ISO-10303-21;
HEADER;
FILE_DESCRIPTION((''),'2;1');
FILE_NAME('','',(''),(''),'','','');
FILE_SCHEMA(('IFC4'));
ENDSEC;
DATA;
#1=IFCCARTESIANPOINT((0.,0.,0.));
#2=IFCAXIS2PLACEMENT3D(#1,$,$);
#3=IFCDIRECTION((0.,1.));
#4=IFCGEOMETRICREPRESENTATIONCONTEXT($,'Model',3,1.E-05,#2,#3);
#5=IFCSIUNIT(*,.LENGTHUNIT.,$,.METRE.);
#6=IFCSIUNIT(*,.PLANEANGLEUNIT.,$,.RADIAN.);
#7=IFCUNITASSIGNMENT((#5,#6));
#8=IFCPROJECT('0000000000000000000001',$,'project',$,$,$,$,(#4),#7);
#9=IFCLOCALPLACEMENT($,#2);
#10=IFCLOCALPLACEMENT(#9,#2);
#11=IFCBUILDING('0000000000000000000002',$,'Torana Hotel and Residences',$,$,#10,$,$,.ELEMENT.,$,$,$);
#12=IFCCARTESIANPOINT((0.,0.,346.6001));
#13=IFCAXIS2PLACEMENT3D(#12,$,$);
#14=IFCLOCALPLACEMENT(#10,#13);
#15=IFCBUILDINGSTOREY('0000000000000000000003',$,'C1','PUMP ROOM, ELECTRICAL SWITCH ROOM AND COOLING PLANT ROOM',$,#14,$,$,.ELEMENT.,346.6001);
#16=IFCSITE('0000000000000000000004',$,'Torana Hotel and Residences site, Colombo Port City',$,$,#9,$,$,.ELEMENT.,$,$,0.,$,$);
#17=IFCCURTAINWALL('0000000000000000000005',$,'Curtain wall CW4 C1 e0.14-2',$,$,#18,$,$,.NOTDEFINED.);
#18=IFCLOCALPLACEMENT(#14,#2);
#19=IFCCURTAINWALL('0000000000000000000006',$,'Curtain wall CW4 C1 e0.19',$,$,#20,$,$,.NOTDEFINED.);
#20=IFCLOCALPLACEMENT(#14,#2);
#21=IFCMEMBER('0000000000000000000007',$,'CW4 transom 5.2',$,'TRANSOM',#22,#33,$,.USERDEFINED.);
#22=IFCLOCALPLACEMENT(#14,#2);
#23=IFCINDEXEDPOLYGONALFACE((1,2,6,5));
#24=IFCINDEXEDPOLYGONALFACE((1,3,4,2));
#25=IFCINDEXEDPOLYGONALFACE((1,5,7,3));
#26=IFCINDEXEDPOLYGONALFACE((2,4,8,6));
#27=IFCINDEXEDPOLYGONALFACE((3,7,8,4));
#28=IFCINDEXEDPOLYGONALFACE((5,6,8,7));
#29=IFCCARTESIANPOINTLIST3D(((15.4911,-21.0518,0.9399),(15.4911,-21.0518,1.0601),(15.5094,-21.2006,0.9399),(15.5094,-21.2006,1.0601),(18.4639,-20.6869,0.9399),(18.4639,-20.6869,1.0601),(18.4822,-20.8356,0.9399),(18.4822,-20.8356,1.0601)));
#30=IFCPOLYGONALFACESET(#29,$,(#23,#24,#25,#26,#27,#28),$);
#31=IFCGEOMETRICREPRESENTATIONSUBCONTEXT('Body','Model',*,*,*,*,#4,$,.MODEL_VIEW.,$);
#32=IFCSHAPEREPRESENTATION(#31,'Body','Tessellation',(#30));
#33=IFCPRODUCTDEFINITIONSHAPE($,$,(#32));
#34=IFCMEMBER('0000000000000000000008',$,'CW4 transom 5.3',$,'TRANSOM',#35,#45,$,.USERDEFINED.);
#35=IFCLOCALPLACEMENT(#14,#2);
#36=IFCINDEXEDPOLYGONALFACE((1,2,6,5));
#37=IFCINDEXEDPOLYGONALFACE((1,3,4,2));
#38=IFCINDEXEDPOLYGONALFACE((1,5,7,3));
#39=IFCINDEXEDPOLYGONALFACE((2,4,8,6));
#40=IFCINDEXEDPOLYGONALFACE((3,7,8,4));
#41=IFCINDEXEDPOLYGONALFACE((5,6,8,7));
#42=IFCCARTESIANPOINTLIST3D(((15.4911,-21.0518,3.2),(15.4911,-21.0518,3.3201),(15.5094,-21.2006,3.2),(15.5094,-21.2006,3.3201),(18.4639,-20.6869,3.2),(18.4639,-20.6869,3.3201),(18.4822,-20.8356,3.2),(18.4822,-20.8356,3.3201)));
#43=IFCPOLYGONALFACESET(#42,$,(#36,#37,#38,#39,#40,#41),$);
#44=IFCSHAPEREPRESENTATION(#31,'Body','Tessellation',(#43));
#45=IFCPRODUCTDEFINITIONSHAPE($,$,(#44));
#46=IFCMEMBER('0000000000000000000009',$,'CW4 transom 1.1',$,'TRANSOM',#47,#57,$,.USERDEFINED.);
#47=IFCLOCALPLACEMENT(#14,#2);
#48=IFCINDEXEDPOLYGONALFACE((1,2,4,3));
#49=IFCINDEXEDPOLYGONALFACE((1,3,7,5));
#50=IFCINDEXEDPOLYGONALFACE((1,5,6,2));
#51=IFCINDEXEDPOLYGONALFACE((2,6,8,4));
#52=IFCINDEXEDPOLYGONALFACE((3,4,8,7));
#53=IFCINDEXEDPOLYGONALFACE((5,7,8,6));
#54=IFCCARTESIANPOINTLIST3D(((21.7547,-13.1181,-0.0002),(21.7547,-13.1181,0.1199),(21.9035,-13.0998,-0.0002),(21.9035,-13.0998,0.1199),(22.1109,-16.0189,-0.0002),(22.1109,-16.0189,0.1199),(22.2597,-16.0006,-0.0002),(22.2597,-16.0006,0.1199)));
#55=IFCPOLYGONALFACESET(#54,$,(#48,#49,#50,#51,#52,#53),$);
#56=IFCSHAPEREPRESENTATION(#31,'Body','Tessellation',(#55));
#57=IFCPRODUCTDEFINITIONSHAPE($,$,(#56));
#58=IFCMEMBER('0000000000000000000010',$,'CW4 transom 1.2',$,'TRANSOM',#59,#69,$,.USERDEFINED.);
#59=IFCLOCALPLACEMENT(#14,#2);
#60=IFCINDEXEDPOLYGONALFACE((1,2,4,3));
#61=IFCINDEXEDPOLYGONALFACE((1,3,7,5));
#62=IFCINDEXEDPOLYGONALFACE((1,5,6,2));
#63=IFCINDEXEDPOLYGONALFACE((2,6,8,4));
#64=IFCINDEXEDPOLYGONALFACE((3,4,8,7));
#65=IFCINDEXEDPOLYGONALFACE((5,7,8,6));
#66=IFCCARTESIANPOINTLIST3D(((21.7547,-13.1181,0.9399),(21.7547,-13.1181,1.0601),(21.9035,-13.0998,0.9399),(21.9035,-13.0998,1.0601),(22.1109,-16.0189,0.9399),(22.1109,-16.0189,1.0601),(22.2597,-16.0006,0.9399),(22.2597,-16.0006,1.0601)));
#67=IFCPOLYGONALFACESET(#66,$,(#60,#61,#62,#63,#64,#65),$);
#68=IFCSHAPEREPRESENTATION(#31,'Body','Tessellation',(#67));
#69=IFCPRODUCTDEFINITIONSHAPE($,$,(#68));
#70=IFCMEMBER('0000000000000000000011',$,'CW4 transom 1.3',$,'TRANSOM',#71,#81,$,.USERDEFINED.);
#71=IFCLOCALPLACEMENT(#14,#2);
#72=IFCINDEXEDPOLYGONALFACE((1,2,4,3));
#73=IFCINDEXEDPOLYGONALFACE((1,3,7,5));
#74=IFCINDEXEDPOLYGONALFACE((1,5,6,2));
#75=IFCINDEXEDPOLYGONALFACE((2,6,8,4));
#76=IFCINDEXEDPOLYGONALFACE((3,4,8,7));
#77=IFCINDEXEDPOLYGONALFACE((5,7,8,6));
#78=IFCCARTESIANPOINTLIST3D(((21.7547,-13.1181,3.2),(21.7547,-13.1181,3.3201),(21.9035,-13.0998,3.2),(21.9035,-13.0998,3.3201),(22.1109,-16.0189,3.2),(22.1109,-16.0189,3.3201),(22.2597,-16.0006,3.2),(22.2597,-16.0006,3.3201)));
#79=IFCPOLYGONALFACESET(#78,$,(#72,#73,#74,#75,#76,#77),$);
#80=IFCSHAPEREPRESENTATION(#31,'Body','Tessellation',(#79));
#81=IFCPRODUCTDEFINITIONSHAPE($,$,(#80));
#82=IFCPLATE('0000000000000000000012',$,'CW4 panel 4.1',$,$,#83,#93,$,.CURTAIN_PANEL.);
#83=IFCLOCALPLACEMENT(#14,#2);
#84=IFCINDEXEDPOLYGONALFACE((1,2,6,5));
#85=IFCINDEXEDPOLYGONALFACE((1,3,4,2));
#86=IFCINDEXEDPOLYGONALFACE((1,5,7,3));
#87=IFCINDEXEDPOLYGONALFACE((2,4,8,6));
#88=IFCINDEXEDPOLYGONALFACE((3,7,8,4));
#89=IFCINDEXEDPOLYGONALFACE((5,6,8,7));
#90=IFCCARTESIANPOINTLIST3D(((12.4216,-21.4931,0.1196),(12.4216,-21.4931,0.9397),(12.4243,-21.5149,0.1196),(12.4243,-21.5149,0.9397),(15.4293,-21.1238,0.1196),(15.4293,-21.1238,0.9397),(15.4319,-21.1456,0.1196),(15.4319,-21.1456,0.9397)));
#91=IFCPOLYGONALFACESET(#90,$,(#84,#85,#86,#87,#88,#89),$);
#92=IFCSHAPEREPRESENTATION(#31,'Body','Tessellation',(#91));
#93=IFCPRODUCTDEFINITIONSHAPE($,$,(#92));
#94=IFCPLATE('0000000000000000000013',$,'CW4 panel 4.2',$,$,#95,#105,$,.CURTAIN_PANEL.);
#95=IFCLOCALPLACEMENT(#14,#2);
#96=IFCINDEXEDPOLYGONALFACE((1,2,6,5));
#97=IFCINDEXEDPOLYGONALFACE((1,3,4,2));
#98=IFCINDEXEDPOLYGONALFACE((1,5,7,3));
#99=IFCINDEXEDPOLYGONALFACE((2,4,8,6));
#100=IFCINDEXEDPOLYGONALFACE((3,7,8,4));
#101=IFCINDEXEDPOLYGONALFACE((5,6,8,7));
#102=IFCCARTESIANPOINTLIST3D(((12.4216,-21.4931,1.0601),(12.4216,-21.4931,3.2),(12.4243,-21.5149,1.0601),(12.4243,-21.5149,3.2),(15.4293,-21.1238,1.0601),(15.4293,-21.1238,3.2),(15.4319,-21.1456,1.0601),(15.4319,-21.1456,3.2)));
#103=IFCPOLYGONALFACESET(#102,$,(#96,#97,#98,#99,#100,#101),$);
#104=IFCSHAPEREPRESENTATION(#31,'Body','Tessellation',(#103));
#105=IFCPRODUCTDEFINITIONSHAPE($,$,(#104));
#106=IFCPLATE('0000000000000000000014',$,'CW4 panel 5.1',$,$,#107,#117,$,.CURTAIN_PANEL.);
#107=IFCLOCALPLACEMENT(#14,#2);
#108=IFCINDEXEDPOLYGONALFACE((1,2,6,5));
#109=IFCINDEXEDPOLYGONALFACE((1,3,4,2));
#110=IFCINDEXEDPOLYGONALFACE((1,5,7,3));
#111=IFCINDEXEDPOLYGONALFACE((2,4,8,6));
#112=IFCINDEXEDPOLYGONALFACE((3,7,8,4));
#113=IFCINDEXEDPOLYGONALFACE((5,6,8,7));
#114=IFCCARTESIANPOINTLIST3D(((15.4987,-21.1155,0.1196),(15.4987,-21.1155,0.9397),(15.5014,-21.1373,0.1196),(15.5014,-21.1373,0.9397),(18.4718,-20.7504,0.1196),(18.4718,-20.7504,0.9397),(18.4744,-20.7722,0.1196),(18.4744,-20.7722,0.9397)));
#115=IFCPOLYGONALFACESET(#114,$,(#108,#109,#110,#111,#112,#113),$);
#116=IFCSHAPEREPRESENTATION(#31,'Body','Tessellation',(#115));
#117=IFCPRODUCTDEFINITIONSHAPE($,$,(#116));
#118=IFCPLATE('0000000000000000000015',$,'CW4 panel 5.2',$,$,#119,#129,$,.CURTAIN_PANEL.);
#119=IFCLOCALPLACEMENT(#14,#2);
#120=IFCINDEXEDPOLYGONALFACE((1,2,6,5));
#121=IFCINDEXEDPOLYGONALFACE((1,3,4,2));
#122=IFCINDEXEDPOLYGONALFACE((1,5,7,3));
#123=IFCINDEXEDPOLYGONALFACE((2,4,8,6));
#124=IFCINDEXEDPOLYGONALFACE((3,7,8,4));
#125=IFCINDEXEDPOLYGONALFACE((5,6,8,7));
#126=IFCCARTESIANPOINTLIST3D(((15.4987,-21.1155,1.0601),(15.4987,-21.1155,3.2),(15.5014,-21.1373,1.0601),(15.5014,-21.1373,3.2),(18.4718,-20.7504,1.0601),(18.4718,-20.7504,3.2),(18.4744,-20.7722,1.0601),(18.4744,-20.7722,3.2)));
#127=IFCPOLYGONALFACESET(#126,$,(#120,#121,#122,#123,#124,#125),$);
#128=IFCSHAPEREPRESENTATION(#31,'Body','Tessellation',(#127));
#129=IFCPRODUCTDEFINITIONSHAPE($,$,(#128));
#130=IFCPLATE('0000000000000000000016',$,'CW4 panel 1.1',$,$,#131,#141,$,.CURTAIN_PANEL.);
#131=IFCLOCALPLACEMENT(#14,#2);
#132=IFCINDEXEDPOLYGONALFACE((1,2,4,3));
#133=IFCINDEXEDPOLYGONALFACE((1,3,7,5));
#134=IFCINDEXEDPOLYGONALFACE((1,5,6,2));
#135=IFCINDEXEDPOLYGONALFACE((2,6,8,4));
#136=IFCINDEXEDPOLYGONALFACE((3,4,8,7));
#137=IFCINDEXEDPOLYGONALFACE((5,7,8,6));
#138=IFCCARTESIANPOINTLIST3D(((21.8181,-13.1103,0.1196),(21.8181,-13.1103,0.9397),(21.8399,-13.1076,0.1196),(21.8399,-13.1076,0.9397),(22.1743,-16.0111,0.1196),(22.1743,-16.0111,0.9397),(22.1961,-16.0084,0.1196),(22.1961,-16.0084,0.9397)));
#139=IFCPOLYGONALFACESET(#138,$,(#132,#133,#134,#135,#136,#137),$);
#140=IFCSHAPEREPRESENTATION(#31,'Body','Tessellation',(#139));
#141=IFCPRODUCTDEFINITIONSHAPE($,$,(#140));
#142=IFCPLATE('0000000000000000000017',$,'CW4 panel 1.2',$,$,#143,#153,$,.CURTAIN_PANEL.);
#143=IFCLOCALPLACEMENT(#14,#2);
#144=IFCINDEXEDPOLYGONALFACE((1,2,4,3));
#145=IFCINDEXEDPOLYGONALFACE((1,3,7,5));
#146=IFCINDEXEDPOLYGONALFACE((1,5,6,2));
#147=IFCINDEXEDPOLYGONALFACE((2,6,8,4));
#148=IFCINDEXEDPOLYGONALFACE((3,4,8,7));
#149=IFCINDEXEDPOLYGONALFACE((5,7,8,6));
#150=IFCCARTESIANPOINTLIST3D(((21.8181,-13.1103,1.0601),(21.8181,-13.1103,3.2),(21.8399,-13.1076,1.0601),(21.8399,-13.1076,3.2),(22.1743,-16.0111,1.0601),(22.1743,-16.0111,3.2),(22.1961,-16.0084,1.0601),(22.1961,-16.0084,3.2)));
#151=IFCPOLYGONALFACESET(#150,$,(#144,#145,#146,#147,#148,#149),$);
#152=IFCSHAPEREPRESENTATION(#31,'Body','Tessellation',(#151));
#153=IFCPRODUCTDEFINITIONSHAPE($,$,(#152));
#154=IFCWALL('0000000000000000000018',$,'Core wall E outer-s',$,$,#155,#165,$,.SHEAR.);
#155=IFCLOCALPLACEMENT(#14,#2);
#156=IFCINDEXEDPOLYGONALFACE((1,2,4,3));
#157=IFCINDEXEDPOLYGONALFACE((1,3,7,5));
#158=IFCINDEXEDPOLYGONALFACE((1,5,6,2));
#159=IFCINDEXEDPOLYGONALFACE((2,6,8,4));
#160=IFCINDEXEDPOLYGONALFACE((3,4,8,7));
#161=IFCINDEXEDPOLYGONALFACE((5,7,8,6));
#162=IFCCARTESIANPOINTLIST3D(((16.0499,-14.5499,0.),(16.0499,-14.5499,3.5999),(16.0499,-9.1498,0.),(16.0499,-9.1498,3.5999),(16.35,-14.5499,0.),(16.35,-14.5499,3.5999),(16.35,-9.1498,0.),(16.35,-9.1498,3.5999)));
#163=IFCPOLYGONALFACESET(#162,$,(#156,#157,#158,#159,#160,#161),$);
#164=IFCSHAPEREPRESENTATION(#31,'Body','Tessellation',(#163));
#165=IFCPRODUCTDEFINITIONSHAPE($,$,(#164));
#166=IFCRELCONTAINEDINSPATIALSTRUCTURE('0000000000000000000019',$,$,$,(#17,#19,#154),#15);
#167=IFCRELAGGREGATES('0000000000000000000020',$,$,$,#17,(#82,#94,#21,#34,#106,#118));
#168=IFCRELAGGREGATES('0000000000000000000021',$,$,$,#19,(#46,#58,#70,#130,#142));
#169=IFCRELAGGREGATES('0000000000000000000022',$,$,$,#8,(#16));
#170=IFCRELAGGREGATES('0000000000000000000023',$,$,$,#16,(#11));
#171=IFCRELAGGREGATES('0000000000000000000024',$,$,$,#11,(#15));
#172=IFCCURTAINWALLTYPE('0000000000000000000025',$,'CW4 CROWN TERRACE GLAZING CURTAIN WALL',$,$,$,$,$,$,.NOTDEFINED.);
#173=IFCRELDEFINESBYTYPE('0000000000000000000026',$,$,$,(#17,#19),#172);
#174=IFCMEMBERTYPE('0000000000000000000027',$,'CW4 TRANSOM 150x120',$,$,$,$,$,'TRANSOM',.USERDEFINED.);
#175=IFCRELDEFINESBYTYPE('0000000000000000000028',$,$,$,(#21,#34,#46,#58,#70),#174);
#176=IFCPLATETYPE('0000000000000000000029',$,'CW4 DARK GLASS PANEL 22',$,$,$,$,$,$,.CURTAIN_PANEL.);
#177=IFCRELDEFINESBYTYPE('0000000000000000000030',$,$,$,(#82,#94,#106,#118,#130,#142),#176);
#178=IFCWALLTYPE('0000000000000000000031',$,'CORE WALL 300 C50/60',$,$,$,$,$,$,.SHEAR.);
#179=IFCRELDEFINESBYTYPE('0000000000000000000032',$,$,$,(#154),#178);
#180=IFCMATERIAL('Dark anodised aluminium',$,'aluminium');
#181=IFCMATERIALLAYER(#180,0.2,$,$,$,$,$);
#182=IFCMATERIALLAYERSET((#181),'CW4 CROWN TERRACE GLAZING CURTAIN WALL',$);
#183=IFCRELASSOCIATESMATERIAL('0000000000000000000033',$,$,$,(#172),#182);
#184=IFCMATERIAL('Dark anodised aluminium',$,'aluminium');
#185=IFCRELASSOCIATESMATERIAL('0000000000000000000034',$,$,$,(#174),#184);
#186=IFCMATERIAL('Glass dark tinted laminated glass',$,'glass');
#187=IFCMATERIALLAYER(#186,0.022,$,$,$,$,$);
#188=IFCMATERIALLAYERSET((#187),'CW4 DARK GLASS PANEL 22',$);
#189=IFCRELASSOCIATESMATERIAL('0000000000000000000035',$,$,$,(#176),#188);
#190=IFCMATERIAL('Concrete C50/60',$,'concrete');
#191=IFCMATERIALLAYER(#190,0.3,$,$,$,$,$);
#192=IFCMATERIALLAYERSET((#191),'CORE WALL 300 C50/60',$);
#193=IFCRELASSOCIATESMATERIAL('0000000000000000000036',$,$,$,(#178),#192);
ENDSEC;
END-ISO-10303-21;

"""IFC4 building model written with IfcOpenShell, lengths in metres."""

from ifc_helpers import new_model, si_unit, direction, frame, frame_2d, origin, origin_2d, place, context, subcontext, project, spatial, rectangle, extrude, material, layer, layer_set, material_profile, profile_set, type_object, element, aggregate, save


model = new_model("IFC4")

# Units and contexts
model_context = context("Model", 3, precision=1e-05, world=origin(), true_north=direction((0.0, 1.0)))
body_context = subcontext(model_context, "Body", "Model", "MODEL_VIEW")
ifc_project = project(units=[si_unit("LENGTHUNIT", "METRE"), si_unit("PLANEANGLEUNIT", "RADIAN")], contexts=[model_context])

# Site, building, storey
site_placement = place(None, origin())
site = spatial("IfcSite", under=ifc_project, at=site_placement, Name="Torana Hotel and Residences site, Colombo Port City", CompositionType="ELEMENT", RefElevation=0.0)
building_placement = place(site_placement, origin())
building = spatial("IfcBuilding", under=site, at=building_placement, Name="Torana Hotel and Residences", CompositionType="ELEMENT")
storey_placement = place(building_placement, frame((0.0, 0.0, 346.6001)))
storey = spatial("IfcBuildingStorey", under=building, at=storey_placement, Name="C1", Description="PUMP ROOM, ELECTRICAL SWITCH ROOM AND COOLING PLANT ROOM", CompositionType="ELEMENT", Elevation=346.6001)

# Curtain wall
ifc_material_1 = material(Name="Dark anodised aluminium", Category="aluminium")
ifc_layer_1 = layer(ifc_material_1, 0.2)
ifc_layer_set_1 = layer_set([ifc_layer_1], Name="CW4 CROWN TERRACE GLAZING CURTAIN WALL")
curtain_wall_type = type_object("IfcCurtainWallType", Name="CW4 CROWN TERRACE GLAZING CURTAIN WALL", PredefinedType="NOTDEFINED", material=ifc_layer_set_1)
curtain_wall_1_placement = place(storey_placement, origin())
curtain_wall_1 = element("IfcCurtainWall", 1, at=curtain_wall_1_placement, inside=storey, type_object=curtain_wall_type, Name="Curtain wall CW4 C1 e0.14-2", PredefinedType="NOTDEFINED")

# Curtain wall
curtain_wall_2_placement = place(storey_placement, origin())
curtain_wall_2 = element("IfcCurtainWall", 2, at=curtain_wall_2_placement, inside=storey, type_object=curtain_wall_type, Name="Curtain wall CW4 C1 e0.19", PredefinedType="NOTDEFINED")

# Members
ifc_material_2 = material(Name="Dark anodised aluminium", Category="aluminium")
ifc_material_profile_1 = material_profile(ifc_material_2, rectangle(XDim=0.1499, YDim=0.1201, at=origin_2d()), Name="CW4 TRANSOM 150x120")
ifc_profile_set_1 = profile_set([ifc_material_profile_1], Name="Dark anodised aluminium")
member_type_1 = type_object("IfcMemberType", Name="CW4 TRANSOM 150x120", ElementType="TRANSOM", PredefinedType="USERDEFINED", material=ifc_profile_set_1)
member_1_placement = place(storey_placement, frame((15.5002, -21.1262, 1.0), z_axis=(0.992548, 0.121857, 0.0), x_axis=(-0.121857, 0.992548, 0.0)))
member_1 = element("IfcMember", 3, at=member_1_placement, type_object=member_type_1, Name="CW4 transom 5.2", ObjectType="TRANSOM", PredefinedType="USERDEFINED", context=body_context, shape_type="SweptSolid", body=[
    extrude(rectangle(XDim=0.1499, YDim=0.1201, at=origin_2d()), origin(), (0.0, 0.0, 1.0), 2.9951),
])
member_2_placement = place(storey_placement, frame((15.5002, -21.1262, 3.26), z_axis=(0.992548, 0.121857, 0.0), x_axis=(-0.121857, 0.992548, 0.0)))
member_2 = element("IfcMember", 4, at=member_2_placement, type_object=member_type_1, Name="CW4 transom 5.3", ObjectType="TRANSOM", PredefinedType="USERDEFINED", context=body_context, shape_type="SweptSolid", body=[
    extrude(rectangle(XDim=0.1499, YDim=0.1201, at=origin_2d()), origin(), (0.0, 0.0, 1.0), 2.9951),
])
member_3_placement = place(storey_placement, frame((22.1853, -16.0098, 0.0598), z_axis=(-0.121875, 0.992545, 0.0), x_axis=(-0.992545, -0.121875, 0.0)))
member_3 = element("IfcMember", 5, at=member_3_placement, type_object=member_type_1, Name="CW4 transom 1.1", ObjectType="TRANSOM", PredefinedType="USERDEFINED", context=body_context, shape_type="SweptSolid", body=[
    extrude(rectangle(XDim=0.1499, YDim=0.1201, at=origin_2d()), origin(), (0.0, 0.0, 1.0), 2.9226),
])
member_4_placement = place(storey_placement, frame((22.1853, -16.0098, 1.0), z_axis=(-0.121875, 0.992545, 0.0), x_axis=(-0.992545, -0.121875, 0.0)))
member_4 = element("IfcMember", 6, at=member_4_placement, type_object=member_type_1, Name="CW4 transom 1.2", ObjectType="TRANSOM", PredefinedType="USERDEFINED", context=body_context, shape_type="SweptSolid", body=[
    extrude(rectangle(XDim=0.1499, YDim=0.1201, at=origin_2d()), origin(), (0.0, 0.0, 1.0), 2.9226),
])
member_5_placement = place(storey_placement, frame((22.1853, -16.0098, 3.26), z_axis=(-0.121875, 0.992545, 0.0), x_axis=(-0.992545, -0.121875, 0.0)))
member_5 = element("IfcMember", 7, at=member_5_placement, type_object=member_type_1, Name="CW4 transom 1.3", ObjectType="TRANSOM", PredefinedType="USERDEFINED", context=body_context, shape_type="SweptSolid", body=[
    extrude(rectangle(XDim=0.1499, YDim=0.1201, at=origin_2d()), origin(), (0.0, 0.0, 1.0), 2.9226),
])

# Plates
ifc_material_3 = material(Name="Glass dark tinted laminated glass", Category="glass")
ifc_layer_2 = layer(ifc_material_3, 0.022)
ifc_layer_set_2 = layer_set([ifc_layer_2], Name="CW4 DARK GLASS PANEL 22")
plate_type = type_object("IfcPlateType", Name="CW4 DARK GLASS PANEL 22", PredefinedType="CURTAIN_PANEL", material=ifc_layer_set_2)
plate_1_placement = place(storey_placement, frame((13.9268, -21.3193, 0.1196), z_axis=(0.0, 0.0, 1.0), x_axis=(0.992547, 0.121865, 0.0)))
plate_1 = element("IfcPlate", 8, at=plate_1_placement, type_object=plate_type, Name="CW4 panel 4.1", PredefinedType="CURTAIN_PANEL", context=body_context, shape_type="SweptSolid", body=[
    extrude(rectangle(XDim=3.0303, YDim=0.022, at=origin_2d()), origin(), (0.0, 0.0, 1.0), 0.8201),
])
plate_2_placement = place(storey_placement, frame((13.9268, -21.3193, 1.0601), z_axis=(0.0, 0.0, 1.0), x_axis=(0.992547, 0.121865, 0.0)))
plate_2 = element("IfcPlate", 9, at=plate_2_placement, type_object=plate_type, Name="CW4 panel 4.2", PredefinedType="CURTAIN_PANEL", context=body_context, shape_type="SweptSolid", body=[
    extrude(rectangle(XDim=3.0303, YDim=0.022, at=origin_2d()), origin(), (0.0, 0.0, 1.0), 2.1399),
])
plate_3_placement = place(storey_placement, frame((16.9866, -20.9438, 0.1196), z_axis=(0.0, 0.0, 1.0), x_axis=(0.992547, 0.121865, 0.0)))
plate_3 = element("IfcPlate", 10, at=plate_3_placement, type_object=plate_type, Name="CW4 panel 5.1", PredefinedType="CURTAIN_PANEL", context=body_context, shape_type="SweptSolid", body=[
    extrude(rectangle(XDim=2.9954, YDim=0.022, at=origin_2d()), origin(), (0.0, 0.0, 1.0), 0.8201),
])
plate_4_placement = place(storey_placement, frame((16.9866, -20.9438, 1.0601), z_axis=(0.0, 0.0, 1.0), x_axis=(0.992547, 0.121865, 0.0)))
plate_4 = element("IfcPlate", 11, at=plate_4_placement, type_object=plate_type, Name="CW4 panel 5.2", PredefinedType="CURTAIN_PANEL", context=body_context, shape_type="SweptSolid", body=[
    extrude(rectangle(XDim=2.9954, YDim=0.022, at=origin_2d()), origin(), (0.0, 0.0, 1.0), 2.1399),
])
aggregate(curtain_wall_1, [plate_1, plate_2, member_1, member_2, plate_3, plate_4])
plate_5_placement = place(storey_placement, frame((22.0071, -14.5593, 0.1196), z_axis=(0.0, 0.0, 1.0), x_axis=(-0.121868, 0.992546, 0.0)))
plate_5 = element("IfcPlate", 12, at=plate_5_placement, type_object=plate_type, Name="CW4 panel 1.1", PredefinedType="CURTAIN_PANEL", context=body_context, shape_type="SweptSolid", body=[
    extrude(rectangle(XDim=2.9226, YDim=0.022, at=origin_2d()), origin(), (0.0, 0.0, 1.0), 0.8201),
])
plate_6_placement = place(storey_placement, frame((22.0071, -14.5593, 1.0601), z_axis=(0.0, 0.0, 1.0), x_axis=(-0.121868, 0.992546, 0.0)))
plate_6 = element("IfcPlate", 13, at=plate_6_placement, type_object=plate_type, Name="CW4 panel 1.2", PredefinedType="CURTAIN_PANEL", context=body_context, shape_type="SweptSolid", body=[
    extrude(rectangle(XDim=2.9226, YDim=0.022, at=origin_2d()), origin(), (0.0, 0.0, 1.0), 2.1399),
])
aggregate(curtain_wall_2, [member_3, member_4, member_5, plate_5, plate_6])

# Wall
ifc_material_4 = material(Name="Concrete C50/60", Category="concrete")
ifc_layer_3 = layer(ifc_material_4, 0.3)
ifc_layer_set_3 = layer_set([ifc_layer_3], Name="CORE WALL 300 C50/60")
wall_type_1 = type_object("IfcWallType", Name="CORE WALL 300 C50/60", PredefinedType="SHEAR", material=ifc_layer_set_3)
wall_1_placement = place(storey_placement, frame((16.2, -14.55, 0.0), z_axis=(0.0, 0.0, 1.0), x_axis=(0.0, 1.0, 0.0)))
element("IfcWall", 14, at=wall_1_placement, inside=storey, type_object=wall_type_1, Name="Core wall E outer-s", PredefinedType="SHEAR", context=body_context, shape_type="SweptSolid", body=[
    extrude(rectangle(XDim=5.4001, YDim=0.3, at=frame_2d((2.7002, 0.0))), origin(), (0.0, 0.0, 1.0), 3.5999),
])

save(model, "model.ifc")
